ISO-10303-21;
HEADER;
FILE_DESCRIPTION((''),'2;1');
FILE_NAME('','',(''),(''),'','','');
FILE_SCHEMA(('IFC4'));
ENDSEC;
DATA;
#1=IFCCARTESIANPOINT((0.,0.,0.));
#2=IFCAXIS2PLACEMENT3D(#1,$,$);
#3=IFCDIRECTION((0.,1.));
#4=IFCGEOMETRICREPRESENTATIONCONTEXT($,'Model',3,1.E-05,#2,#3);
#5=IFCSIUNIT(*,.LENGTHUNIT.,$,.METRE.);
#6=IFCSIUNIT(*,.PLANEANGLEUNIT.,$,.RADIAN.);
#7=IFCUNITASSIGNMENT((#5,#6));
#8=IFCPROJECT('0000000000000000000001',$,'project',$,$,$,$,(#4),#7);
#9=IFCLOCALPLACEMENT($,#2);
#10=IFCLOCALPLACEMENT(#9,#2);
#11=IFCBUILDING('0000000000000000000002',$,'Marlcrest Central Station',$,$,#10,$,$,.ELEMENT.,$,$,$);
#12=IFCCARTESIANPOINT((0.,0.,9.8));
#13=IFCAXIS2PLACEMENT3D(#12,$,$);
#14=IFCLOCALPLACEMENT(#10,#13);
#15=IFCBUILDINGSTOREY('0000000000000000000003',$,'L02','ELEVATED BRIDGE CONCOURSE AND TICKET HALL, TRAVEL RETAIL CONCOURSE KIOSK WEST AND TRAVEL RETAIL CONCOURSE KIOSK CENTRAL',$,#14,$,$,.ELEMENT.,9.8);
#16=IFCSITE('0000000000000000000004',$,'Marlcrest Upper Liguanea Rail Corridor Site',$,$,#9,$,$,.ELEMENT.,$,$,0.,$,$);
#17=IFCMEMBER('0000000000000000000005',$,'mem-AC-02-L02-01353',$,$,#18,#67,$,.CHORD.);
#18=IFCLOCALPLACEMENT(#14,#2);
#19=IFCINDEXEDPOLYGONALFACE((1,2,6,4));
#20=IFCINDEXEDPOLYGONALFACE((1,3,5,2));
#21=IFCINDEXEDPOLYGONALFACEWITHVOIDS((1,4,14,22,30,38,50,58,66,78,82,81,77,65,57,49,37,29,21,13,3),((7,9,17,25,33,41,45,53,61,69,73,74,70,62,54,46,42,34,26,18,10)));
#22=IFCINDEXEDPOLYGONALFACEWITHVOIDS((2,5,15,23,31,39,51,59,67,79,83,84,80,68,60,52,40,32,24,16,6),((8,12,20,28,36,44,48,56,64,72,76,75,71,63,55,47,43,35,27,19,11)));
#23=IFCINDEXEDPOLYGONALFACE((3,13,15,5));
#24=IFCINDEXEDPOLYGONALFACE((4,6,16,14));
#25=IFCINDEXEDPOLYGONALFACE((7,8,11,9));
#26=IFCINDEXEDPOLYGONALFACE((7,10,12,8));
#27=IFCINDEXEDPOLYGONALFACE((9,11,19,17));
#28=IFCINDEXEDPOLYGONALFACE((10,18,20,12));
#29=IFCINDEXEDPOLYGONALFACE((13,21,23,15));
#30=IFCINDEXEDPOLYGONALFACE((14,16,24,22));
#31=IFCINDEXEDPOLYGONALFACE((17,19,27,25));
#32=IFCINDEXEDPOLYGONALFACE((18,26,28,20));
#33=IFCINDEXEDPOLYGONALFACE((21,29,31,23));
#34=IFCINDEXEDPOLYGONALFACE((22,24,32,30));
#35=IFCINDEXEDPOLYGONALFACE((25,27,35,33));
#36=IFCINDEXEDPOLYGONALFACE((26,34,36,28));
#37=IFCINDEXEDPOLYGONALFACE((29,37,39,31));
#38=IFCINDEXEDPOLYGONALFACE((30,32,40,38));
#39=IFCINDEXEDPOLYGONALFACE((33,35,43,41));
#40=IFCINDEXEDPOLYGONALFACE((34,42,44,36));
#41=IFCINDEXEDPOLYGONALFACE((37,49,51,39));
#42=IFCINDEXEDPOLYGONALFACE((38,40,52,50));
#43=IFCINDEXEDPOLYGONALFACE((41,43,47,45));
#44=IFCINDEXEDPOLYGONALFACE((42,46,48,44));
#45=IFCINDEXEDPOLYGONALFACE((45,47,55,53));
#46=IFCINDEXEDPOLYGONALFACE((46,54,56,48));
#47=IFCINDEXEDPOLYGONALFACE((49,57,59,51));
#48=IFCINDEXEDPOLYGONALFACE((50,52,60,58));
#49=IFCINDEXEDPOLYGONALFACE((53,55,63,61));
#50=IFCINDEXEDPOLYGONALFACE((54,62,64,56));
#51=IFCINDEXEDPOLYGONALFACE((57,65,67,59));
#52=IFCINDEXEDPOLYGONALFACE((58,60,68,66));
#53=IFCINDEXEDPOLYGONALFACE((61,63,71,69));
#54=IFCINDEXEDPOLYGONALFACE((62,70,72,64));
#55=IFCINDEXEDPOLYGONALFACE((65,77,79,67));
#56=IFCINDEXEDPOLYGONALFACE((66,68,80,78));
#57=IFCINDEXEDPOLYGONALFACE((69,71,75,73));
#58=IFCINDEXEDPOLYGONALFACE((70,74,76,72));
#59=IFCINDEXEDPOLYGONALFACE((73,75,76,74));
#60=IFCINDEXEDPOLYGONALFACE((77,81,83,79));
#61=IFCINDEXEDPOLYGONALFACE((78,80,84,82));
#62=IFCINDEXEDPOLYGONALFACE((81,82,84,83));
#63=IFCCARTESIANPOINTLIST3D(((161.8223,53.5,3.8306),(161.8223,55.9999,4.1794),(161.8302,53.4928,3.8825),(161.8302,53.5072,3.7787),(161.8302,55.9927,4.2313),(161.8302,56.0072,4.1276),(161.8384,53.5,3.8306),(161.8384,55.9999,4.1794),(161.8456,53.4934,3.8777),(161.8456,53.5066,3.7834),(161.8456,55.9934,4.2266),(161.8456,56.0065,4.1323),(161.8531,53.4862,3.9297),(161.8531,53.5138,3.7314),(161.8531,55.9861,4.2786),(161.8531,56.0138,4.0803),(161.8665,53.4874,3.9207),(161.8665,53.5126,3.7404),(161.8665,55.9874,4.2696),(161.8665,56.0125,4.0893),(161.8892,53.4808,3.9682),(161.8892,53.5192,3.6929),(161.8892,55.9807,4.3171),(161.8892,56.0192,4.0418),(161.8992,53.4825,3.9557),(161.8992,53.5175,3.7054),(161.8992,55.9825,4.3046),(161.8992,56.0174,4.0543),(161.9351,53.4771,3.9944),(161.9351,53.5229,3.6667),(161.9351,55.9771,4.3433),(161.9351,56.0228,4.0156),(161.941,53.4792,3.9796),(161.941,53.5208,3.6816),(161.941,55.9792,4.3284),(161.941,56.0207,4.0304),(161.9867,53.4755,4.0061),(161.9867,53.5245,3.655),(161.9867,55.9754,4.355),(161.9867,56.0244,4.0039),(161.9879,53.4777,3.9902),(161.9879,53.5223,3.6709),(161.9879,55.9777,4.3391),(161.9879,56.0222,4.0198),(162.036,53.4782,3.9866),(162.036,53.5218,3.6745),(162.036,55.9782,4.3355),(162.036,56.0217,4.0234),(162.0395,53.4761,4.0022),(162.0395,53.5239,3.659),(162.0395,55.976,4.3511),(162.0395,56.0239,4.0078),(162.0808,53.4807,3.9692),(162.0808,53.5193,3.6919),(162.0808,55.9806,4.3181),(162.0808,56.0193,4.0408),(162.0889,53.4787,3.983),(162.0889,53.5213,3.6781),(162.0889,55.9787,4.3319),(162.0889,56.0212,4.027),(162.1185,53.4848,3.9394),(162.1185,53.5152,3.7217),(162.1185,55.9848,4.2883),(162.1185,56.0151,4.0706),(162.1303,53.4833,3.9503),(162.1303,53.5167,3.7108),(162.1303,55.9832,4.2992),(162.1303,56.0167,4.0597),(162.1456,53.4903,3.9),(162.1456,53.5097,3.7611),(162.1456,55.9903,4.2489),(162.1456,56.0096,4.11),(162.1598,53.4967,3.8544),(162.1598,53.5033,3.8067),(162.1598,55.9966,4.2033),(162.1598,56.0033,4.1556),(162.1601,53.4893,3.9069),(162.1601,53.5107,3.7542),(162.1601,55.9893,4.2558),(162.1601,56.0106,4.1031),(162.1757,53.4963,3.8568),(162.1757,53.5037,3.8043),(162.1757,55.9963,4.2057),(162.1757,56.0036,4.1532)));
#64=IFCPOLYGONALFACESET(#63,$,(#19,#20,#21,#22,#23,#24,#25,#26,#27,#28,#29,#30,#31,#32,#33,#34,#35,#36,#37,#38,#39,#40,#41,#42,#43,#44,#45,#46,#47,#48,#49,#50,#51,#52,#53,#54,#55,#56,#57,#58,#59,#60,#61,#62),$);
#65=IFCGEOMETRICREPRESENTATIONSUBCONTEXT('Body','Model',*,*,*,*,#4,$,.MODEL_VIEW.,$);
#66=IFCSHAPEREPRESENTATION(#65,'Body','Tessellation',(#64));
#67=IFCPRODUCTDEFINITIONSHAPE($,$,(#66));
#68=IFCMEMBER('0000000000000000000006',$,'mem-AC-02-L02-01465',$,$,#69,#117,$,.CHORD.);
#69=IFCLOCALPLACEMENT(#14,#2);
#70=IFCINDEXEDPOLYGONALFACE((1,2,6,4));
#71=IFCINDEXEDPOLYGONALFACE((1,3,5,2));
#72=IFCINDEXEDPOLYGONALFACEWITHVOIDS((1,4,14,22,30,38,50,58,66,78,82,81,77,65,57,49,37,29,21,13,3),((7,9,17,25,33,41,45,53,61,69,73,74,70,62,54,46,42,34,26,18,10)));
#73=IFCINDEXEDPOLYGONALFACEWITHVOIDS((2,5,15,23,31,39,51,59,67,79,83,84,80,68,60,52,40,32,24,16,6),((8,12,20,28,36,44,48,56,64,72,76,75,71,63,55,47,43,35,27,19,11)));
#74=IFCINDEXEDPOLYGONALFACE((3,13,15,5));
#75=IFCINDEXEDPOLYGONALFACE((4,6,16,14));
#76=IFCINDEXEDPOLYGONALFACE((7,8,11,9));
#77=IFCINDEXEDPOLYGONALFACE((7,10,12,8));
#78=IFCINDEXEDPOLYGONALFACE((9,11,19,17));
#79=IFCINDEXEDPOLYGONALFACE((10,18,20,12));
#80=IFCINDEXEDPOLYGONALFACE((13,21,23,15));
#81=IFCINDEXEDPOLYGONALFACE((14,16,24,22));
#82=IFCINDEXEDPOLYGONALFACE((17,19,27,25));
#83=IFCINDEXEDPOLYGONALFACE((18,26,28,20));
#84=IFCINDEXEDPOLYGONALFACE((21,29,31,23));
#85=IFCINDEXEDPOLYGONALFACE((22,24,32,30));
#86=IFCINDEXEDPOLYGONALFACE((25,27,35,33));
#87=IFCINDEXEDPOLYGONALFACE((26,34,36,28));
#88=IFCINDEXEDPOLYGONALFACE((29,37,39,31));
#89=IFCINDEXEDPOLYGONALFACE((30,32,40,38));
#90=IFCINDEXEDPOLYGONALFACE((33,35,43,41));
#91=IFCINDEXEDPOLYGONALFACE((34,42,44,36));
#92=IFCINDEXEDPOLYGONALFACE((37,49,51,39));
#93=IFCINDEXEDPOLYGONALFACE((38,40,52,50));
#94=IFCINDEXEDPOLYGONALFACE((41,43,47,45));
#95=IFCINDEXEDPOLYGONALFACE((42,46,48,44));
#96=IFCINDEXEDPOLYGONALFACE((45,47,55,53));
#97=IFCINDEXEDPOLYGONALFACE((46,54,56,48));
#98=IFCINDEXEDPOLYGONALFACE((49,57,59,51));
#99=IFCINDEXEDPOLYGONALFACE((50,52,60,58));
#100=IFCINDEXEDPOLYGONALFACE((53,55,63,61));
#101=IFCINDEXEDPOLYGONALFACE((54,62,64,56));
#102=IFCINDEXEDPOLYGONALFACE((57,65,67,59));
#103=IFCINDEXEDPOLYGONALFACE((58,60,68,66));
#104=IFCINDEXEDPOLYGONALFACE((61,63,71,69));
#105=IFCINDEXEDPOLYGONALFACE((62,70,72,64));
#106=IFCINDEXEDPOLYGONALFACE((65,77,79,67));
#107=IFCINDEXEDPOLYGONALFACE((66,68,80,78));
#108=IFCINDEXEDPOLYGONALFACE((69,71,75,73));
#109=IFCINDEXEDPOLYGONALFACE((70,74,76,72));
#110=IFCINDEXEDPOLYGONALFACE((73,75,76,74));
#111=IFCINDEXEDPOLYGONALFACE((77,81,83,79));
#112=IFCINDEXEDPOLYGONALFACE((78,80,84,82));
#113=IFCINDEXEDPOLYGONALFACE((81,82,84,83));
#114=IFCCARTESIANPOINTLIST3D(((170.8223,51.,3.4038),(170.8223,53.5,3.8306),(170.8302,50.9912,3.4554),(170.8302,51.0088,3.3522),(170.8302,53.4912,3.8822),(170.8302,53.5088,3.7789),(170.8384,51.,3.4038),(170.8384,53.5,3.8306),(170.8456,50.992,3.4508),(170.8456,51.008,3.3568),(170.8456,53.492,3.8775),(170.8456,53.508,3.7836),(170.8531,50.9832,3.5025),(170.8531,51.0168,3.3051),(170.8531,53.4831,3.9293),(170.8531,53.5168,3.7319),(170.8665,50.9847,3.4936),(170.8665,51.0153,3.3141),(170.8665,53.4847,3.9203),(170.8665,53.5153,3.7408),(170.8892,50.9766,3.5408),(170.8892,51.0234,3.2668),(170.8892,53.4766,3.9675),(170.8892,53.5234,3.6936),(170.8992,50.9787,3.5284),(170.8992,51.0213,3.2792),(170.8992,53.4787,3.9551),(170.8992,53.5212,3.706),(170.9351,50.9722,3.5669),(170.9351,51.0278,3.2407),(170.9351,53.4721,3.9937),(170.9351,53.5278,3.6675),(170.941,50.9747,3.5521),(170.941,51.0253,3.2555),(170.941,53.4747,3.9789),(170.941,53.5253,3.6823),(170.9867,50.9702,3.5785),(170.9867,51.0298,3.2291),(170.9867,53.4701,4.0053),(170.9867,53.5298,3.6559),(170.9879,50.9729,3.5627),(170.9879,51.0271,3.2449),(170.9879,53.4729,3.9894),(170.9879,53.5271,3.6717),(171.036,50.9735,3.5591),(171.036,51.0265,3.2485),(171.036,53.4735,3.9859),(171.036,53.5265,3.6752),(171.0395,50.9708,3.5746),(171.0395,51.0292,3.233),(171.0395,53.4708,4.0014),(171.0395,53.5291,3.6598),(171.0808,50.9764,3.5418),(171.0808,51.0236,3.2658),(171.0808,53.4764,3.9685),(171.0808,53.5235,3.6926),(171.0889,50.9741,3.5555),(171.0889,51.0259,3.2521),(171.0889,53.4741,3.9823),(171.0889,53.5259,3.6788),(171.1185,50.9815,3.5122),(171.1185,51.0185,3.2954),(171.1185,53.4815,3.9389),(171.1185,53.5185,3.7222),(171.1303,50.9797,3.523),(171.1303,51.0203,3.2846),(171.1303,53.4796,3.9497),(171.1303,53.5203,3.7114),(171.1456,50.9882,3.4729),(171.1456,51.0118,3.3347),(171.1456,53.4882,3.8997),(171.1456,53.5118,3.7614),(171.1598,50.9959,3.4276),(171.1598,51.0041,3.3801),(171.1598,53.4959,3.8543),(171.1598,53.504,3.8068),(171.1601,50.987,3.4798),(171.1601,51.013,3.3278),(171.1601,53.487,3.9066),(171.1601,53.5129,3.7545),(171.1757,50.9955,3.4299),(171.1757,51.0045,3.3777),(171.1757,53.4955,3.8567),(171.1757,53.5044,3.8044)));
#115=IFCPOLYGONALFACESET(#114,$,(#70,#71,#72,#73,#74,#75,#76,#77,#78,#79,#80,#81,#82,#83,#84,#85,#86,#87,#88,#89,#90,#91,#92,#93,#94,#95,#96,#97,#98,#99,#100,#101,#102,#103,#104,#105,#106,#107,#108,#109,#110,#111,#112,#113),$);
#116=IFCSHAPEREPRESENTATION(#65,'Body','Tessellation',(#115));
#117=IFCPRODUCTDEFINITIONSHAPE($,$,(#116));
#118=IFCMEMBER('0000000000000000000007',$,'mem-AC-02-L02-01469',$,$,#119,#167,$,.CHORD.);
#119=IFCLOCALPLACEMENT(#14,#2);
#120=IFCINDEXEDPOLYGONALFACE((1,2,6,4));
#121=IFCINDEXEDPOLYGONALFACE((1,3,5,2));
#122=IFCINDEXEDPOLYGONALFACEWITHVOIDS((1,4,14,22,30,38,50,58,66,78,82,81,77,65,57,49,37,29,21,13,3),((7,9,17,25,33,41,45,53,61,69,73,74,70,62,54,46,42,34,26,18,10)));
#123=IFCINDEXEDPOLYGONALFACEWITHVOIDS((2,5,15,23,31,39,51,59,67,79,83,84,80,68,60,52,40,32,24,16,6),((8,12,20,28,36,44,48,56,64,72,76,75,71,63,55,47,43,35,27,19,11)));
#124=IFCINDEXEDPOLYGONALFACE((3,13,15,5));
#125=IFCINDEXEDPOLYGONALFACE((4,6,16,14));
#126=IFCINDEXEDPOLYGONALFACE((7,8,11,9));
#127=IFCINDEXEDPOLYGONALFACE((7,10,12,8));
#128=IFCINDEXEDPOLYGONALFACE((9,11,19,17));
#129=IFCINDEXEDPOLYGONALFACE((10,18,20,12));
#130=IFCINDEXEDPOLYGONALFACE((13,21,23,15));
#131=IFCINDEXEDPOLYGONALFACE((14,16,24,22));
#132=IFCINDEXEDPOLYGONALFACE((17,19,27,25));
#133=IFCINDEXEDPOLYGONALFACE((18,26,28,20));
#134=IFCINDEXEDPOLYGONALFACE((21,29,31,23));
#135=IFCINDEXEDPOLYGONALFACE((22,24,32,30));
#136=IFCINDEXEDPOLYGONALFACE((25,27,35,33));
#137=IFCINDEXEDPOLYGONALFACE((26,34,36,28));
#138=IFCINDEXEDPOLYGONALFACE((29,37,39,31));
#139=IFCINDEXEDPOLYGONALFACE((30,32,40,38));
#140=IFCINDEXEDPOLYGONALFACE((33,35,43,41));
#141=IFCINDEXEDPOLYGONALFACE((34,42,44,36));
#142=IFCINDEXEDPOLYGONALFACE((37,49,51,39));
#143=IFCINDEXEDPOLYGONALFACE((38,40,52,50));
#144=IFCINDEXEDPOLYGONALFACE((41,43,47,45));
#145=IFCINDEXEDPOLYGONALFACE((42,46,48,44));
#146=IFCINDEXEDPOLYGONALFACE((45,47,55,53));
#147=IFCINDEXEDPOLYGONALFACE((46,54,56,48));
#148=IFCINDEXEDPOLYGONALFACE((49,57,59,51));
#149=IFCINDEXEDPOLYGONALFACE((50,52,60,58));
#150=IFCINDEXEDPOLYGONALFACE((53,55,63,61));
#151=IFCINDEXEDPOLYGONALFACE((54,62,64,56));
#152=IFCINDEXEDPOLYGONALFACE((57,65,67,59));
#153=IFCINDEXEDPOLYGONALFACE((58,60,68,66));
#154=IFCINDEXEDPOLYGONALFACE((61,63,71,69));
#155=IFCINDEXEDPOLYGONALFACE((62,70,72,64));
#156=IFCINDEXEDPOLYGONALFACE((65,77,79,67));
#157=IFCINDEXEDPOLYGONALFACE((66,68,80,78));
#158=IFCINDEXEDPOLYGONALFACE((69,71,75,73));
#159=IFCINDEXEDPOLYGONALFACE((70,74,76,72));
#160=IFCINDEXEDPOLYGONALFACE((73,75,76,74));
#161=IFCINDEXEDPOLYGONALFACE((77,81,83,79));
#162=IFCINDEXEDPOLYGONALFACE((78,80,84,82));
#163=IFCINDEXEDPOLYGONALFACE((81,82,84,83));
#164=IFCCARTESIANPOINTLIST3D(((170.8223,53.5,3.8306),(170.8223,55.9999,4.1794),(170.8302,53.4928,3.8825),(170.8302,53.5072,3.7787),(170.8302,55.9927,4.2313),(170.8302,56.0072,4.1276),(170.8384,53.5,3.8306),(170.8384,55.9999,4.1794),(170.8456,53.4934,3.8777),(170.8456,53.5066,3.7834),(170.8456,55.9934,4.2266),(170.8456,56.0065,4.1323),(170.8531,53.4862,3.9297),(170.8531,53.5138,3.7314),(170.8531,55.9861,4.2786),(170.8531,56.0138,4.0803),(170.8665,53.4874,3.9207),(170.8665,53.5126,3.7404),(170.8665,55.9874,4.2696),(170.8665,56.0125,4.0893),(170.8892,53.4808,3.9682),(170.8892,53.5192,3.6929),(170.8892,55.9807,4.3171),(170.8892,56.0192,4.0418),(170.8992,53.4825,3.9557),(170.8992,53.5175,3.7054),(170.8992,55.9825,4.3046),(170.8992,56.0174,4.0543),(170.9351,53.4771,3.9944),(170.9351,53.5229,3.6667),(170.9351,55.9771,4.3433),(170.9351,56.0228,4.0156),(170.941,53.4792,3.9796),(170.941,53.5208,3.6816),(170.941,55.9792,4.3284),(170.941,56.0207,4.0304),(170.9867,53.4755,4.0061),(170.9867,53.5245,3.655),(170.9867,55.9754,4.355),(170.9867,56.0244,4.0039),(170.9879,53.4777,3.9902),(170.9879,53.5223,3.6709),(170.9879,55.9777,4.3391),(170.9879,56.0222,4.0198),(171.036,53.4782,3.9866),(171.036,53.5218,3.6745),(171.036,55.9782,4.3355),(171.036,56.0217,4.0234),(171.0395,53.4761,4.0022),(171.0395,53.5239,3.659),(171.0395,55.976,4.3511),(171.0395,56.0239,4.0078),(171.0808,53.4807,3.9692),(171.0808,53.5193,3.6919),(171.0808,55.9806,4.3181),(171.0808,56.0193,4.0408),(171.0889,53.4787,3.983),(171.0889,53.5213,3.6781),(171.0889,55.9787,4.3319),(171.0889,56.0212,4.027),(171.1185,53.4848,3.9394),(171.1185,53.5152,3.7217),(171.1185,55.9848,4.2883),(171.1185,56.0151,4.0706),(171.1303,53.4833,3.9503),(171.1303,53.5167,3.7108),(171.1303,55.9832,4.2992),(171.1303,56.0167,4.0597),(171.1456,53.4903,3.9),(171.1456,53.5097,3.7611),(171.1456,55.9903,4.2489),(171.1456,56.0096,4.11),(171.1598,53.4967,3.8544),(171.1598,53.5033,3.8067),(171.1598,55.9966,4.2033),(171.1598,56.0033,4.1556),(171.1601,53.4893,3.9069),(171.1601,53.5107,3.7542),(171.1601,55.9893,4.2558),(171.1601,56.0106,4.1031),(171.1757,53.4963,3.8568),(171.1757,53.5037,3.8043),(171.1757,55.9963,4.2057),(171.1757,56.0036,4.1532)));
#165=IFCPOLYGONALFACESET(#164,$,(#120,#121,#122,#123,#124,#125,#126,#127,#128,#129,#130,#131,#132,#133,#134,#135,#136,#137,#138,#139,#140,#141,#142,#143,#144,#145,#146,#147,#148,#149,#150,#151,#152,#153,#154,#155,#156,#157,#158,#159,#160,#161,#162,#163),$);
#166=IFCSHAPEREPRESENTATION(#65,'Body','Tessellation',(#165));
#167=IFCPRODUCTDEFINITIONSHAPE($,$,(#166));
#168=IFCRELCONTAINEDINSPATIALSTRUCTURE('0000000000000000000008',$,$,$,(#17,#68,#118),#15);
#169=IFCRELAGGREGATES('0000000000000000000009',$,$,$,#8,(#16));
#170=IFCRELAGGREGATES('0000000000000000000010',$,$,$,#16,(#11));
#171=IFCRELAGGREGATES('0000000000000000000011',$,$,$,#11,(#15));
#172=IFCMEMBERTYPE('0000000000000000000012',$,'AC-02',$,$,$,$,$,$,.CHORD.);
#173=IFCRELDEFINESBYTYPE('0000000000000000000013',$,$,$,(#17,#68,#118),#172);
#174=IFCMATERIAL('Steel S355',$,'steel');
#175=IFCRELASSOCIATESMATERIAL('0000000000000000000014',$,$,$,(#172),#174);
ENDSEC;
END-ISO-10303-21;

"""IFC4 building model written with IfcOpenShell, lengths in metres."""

from ifc_helpers import new_model, si_unit, direction, frame, origin, origin_2d, place, context, subcontext, project, spatial, hollow_circle, extrude, material, material_profile, profile_set, type_object, element, save


model = new_model("IFC4")

# Units and contexts
model_context = context("Model", 3, precision=1e-05, world=origin(), true_north=direction((0.0, 1.0)))
body_context = subcontext(model_context, "Body", "Model", "MODEL_VIEW")
ifc_project = project(units=[si_unit("LENGTHUNIT", "METRE"), si_unit("PLANEANGLEUNIT", "RADIAN")], contexts=[model_context])

# Site, building, storey
site_placement = place(None, origin())
site = spatial("IfcSite", under=ifc_project, at=site_placement, Name="Marlcrest Upper Liguanea Rail Corridor Site", CompositionType="ELEMENT", RefElevation=0.0)
building_placement = place(site_placement, origin())
building = spatial("IfcBuilding", under=site, at=building_placement, Name="Marlcrest Central Station", CompositionType="ELEMENT")
storey_placement = place(building_placement, frame((0.0, 0.0, 9.8)))
storey = spatial("IfcBuildingStorey", under=building, at=storey_placement, Name="L02", Description="ELEVATED BRIDGE CONCOURSE AND TICKET HALL, TRAVEL RETAIL CONCOURSE KIOSK WEST AND TRAVEL RETAIL CONCOURSE KIOSK CENTRAL", CompositionType="ELEMENT", Elevation=9.8)

# Members
ifc_material = material(Name="Steel S355", Category="steel")
ifc_material_profile_1 = material_profile(ifc_material, hollow_circle(Radius=0.1777, WallThickness=0.0161, at=origin_2d()), Name="CHS 355.6x16")
ifc_profile_set_1 = profile_set([ifc_material_profile_1], Name="Steel S355")
member_type_1 = type_object("IfcMemberType", Name="AC-02", PredefinedType="CHORD", material=ifc_profile_set_1)
member_1_placement = place(storey_placement, frame((162.0, 53.5, 3.8306), z_axis=(0.0, 0.990403, 0.138211), x_axis=(-1.0, 0.0, 0.0)))
element("IfcMember", 1, at=member_1_placement, inside=storey, type_object=member_type_1, Name="mem-AC-02-L02-01353", PredefinedType="CHORD", context=body_context, shape_type="SweptSolid", body=[
    extrude(hollow_circle(Radius=0.1777, WallThickness=0.0161, at=origin_2d()), origin(), (0.0, 0.0, 1.0), 2.5242),
])
member_2_placement = place(storey_placement, frame((171.0, 51.0, 3.4038), z_axis=(0.0, 0.985741, 0.168269), x_axis=(-1.0, 0.0, 0.0)))
element("IfcMember", 2, at=member_2_placement, inside=storey, type_object=member_type_1, Name="mem-AC-02-L02-01465", PredefinedType="CHORD", context=body_context, shape_type="SweptSolid", body=[
    extrude(hollow_circle(Radius=0.1777, WallThickness=0.0161, at=origin_2d()), origin(), (0.0, 0.0, 1.0), 2.5361),
])
member_3_placement = place(storey_placement, frame((171.0, 53.5, 3.8306), z_axis=(0.0, 0.990403, 0.138211), x_axis=(-1.0, 0.0, 0.0)))
element("IfcMember", 3, at=member_3_placement, inside=storey, type_object=member_type_1, Name="mem-AC-02-L02-01469", PredefinedType="CHORD", context=body_context, shape_type="SweptSolid", body=[
    extrude(hollow_circle(Radius=0.1777, WallThickness=0.0161, at=origin_2d()), origin(), (0.0, 0.0, 1.0), 2.5242),
])

save(model, "model.ifc")
